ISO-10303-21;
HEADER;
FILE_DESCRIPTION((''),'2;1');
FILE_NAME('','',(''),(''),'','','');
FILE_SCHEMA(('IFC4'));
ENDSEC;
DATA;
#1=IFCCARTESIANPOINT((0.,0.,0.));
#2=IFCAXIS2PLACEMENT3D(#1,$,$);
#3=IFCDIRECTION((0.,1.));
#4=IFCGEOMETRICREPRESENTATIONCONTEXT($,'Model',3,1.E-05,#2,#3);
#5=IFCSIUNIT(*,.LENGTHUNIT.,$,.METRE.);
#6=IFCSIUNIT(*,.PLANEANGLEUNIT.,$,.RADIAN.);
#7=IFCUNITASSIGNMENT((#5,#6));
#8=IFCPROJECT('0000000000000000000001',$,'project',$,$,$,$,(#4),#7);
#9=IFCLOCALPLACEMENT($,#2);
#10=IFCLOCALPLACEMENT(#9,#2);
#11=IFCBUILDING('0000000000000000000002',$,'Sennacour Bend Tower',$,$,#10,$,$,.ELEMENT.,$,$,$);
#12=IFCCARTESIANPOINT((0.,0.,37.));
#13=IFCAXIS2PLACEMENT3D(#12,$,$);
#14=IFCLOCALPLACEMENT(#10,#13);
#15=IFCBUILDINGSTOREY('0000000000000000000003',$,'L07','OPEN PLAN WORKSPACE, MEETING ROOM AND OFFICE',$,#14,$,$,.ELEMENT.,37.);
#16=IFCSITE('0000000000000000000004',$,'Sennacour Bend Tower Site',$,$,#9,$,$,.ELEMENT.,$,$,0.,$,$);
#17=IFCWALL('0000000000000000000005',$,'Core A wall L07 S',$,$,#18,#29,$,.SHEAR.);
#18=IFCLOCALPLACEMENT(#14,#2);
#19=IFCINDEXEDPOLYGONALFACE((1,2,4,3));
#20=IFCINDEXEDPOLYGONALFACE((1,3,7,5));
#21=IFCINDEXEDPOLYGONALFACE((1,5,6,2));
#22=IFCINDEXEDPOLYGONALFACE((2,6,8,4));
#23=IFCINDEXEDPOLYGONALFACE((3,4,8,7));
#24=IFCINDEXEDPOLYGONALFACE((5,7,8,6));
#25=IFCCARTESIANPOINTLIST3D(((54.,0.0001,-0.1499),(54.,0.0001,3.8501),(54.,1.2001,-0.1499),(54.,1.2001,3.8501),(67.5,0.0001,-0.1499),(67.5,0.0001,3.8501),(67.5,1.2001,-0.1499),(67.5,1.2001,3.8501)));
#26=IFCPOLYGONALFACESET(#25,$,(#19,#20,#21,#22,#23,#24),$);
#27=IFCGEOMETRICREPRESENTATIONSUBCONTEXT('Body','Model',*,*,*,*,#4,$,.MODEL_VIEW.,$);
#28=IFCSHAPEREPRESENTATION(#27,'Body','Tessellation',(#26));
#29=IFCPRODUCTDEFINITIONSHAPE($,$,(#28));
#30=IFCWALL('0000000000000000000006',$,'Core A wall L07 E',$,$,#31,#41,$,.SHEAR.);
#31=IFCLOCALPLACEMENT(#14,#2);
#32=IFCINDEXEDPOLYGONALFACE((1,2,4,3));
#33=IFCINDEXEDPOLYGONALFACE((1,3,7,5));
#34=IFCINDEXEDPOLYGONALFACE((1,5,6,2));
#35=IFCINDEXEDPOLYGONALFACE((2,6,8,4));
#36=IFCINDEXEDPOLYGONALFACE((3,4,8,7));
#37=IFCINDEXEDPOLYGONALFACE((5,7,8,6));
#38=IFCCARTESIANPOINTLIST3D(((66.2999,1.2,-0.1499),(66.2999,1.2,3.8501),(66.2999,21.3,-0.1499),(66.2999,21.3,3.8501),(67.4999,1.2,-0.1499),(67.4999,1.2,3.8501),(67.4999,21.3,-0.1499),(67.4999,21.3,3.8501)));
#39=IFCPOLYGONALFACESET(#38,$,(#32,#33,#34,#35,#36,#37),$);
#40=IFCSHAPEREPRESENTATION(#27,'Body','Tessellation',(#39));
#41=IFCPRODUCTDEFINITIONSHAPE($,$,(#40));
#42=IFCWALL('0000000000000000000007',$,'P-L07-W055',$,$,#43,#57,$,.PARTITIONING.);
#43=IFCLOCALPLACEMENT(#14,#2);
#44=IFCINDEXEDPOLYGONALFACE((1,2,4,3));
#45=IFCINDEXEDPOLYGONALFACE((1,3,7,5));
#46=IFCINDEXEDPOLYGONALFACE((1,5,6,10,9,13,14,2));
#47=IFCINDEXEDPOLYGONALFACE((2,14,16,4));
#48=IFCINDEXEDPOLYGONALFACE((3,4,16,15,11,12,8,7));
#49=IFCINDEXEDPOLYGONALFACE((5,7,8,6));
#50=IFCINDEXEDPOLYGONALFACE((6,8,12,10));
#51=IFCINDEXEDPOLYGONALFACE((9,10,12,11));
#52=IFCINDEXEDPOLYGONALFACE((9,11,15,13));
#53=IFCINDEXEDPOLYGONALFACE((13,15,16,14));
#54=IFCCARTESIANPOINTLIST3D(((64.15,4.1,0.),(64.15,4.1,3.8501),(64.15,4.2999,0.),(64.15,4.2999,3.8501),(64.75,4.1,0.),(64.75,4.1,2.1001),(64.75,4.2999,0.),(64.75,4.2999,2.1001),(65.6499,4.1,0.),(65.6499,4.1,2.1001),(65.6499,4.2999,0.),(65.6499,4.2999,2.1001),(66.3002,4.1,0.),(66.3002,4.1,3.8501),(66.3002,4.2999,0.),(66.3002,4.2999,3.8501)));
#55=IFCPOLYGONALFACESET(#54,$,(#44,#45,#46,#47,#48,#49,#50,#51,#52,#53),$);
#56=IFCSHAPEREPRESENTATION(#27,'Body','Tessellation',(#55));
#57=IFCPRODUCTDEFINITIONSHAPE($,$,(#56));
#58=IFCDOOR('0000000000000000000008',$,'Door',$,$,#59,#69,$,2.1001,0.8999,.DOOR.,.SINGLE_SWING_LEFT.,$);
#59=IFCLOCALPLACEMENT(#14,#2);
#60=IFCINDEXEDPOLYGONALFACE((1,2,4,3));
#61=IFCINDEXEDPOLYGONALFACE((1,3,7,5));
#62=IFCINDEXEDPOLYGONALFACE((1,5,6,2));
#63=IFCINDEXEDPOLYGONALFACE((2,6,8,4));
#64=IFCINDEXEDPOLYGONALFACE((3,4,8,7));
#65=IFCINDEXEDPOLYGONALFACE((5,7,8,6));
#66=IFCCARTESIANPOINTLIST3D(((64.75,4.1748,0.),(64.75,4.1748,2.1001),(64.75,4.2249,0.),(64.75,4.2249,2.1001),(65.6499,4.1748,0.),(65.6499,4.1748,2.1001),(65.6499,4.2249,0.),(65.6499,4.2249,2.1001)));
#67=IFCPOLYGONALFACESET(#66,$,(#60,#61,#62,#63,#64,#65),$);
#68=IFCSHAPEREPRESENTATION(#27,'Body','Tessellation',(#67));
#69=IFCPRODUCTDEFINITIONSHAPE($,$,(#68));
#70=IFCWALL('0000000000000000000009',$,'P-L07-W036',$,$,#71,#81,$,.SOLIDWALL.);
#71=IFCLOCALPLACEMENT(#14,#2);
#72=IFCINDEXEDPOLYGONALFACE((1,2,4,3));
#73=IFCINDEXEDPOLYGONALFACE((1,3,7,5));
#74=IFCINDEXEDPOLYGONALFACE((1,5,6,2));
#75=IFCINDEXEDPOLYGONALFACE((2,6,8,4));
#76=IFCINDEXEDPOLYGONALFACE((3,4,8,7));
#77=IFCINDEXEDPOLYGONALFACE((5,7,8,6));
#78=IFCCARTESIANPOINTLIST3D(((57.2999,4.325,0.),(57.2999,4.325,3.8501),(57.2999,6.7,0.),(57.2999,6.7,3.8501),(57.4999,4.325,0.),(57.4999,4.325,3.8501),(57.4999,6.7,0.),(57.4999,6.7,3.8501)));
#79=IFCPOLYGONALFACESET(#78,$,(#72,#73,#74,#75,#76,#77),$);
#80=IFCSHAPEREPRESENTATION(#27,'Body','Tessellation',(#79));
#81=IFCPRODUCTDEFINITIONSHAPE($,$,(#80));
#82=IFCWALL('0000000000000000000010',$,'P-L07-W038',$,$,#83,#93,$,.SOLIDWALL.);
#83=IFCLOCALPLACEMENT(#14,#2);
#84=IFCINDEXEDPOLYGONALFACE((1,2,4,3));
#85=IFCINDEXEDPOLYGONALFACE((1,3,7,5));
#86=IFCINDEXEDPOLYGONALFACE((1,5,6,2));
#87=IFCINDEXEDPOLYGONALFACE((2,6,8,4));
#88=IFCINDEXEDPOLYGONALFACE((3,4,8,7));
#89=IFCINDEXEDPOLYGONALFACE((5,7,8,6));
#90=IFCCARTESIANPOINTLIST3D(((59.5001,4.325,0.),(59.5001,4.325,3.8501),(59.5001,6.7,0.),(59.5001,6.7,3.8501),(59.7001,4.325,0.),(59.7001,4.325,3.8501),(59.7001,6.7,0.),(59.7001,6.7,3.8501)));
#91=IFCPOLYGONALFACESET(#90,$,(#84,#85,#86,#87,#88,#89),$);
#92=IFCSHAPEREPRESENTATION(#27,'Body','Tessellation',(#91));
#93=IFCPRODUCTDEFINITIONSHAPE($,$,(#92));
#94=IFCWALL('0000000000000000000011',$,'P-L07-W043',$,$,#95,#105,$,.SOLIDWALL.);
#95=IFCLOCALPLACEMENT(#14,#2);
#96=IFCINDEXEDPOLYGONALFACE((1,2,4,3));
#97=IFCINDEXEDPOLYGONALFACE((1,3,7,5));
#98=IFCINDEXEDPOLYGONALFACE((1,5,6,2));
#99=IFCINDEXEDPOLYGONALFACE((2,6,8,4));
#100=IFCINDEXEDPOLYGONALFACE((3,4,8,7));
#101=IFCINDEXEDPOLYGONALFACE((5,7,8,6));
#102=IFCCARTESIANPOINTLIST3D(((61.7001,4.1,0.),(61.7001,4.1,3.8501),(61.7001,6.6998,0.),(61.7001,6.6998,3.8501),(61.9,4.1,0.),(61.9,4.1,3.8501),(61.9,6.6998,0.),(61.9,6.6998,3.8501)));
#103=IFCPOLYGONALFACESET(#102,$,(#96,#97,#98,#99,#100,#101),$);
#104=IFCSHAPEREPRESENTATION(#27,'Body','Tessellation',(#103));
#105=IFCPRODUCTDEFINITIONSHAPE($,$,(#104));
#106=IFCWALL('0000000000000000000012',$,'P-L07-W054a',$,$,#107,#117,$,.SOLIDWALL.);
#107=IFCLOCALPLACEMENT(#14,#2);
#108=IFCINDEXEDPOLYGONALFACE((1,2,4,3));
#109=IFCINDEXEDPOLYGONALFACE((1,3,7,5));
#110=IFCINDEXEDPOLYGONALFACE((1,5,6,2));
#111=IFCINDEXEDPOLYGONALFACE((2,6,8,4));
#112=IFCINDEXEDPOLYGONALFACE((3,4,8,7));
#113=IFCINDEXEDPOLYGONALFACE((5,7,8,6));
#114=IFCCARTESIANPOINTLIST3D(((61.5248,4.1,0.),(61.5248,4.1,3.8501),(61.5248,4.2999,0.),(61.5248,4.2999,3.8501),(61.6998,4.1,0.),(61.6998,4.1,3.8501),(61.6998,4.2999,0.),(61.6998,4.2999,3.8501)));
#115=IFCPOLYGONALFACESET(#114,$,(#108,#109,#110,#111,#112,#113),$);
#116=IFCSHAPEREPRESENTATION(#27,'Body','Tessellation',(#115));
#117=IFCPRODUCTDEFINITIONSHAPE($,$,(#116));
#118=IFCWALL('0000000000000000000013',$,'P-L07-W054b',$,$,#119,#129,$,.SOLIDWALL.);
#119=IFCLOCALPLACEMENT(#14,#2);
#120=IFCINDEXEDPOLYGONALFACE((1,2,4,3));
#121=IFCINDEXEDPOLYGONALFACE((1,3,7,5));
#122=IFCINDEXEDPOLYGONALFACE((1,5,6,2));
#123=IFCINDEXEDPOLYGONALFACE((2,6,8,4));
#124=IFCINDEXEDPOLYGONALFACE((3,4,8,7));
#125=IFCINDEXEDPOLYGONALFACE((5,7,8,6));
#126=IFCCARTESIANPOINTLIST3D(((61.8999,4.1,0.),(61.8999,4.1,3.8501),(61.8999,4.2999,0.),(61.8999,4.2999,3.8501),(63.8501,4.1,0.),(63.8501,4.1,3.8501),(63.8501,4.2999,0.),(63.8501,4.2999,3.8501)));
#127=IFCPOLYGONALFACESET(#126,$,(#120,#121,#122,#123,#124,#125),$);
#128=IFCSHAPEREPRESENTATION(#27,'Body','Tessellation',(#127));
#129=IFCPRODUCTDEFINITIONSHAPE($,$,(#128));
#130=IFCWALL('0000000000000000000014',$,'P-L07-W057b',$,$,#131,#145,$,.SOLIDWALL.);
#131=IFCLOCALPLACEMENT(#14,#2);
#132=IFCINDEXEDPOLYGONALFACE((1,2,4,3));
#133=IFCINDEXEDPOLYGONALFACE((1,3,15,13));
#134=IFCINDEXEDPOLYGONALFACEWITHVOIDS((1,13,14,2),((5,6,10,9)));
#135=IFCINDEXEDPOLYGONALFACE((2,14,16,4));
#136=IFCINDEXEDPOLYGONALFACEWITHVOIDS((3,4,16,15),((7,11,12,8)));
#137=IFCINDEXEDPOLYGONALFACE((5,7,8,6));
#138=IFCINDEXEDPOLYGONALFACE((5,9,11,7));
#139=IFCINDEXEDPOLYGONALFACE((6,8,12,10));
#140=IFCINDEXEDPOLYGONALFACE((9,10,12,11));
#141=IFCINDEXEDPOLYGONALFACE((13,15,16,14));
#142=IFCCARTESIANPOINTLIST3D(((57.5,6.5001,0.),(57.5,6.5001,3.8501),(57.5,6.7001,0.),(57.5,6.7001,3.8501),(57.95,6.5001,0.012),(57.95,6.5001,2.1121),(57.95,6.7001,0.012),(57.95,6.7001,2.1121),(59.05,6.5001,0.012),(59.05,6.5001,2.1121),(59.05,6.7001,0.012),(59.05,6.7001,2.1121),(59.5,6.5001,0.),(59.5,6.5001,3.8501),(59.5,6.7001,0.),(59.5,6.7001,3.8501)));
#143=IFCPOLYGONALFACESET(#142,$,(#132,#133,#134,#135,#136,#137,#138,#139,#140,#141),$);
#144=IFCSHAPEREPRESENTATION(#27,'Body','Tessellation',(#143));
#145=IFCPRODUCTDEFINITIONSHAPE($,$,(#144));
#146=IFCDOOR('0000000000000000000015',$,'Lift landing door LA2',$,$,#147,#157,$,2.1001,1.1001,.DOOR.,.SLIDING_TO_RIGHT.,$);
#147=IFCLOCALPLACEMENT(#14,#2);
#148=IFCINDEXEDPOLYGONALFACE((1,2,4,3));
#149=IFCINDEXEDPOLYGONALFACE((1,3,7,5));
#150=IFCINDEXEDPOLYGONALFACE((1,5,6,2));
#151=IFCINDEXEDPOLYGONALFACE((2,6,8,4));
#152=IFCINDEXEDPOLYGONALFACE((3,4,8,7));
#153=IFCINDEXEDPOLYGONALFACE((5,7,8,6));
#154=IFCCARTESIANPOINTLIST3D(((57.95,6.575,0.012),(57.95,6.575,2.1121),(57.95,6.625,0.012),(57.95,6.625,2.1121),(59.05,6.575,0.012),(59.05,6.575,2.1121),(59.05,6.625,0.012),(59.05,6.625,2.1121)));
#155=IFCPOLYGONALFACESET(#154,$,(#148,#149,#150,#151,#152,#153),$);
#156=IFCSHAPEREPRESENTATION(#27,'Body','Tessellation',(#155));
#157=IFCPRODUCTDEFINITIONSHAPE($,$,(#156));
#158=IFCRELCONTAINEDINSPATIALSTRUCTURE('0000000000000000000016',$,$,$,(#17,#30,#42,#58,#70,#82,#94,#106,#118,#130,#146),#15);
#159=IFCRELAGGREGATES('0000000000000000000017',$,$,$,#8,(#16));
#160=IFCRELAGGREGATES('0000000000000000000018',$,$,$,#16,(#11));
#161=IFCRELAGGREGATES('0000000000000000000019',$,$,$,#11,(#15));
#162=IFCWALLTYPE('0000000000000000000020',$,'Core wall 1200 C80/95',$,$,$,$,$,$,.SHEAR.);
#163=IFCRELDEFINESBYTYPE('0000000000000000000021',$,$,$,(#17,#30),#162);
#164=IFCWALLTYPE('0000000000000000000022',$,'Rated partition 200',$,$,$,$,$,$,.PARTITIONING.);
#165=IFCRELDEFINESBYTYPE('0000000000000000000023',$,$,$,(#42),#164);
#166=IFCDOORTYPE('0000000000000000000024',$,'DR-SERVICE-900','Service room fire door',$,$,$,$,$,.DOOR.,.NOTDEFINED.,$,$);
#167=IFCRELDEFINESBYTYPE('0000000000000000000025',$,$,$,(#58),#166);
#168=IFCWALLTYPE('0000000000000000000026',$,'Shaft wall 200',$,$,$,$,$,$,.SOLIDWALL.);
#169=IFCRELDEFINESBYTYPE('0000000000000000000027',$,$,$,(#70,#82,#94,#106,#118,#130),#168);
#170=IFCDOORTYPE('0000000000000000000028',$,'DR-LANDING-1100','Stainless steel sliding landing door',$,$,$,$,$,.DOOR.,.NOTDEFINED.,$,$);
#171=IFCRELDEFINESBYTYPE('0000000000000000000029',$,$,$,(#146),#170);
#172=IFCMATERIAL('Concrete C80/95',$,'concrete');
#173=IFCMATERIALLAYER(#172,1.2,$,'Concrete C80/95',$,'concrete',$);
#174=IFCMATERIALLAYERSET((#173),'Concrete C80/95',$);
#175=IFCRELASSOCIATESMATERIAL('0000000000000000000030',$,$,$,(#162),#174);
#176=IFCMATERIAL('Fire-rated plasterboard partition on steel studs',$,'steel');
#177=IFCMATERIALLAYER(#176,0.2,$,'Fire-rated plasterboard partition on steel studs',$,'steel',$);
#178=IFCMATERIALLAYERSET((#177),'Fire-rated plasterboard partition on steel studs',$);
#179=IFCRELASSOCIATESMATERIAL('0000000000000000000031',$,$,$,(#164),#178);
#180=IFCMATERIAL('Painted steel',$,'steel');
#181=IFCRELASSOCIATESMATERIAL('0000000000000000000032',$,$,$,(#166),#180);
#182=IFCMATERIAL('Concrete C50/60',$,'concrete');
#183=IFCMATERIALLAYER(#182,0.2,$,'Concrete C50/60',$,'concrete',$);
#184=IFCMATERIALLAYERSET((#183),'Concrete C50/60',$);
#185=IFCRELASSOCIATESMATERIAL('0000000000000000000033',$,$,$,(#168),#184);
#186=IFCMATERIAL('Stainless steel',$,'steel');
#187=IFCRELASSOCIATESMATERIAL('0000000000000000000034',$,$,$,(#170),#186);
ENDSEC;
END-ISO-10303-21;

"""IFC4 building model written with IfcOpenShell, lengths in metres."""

from ifc_helpers import new_model, si_unit, direction, frame, frame_2d, origin, place, context, subcontext, project, spatial, rectangle, extrude, material, layer, layer_set, type_object, element, fill, save


model = new_model("IFC4")

# Units and contexts
model_context = context("Model", 3, precision=1e-05, world=origin(), true_north=direction((0.0, 1.0)))
body_context = subcontext(model_context, "Body", "Model", "MODEL_VIEW")
ifc_project = project(units=[si_unit("LENGTHUNIT", "METRE"), si_unit("PLANEANGLEUNIT", "RADIAN")], contexts=[model_context])

# Site, building, storey
site_placement = place(None, origin())
site = spatial("IfcSite", under=ifc_project, at=site_placement, Name="Sennacour Bend Tower Site", CompositionType="ELEMENT", RefElevation=0.0)
building_placement = place(site_placement, origin())
building = spatial("IfcBuilding", under=site, at=building_placement, Name="Sennacour Bend Tower", CompositionType="ELEMENT")
storey_placement = place(building_placement, frame((0.0, 0.0, 37.0)))
storey = spatial("IfcBuildingStorey", under=building, at=storey_placement, Name="L07", Description="OPEN PLAN WORKSPACE, MEETING ROOM AND OFFICE", CompositionType="ELEMENT", Elevation=37.0)

# Walls
ifc_material_1 = material(Name="Concrete C80/95", Category="concrete")
ifc_layer_1 = layer(ifc_material_1, 1.2, Name="Concrete C80/95", Category="concrete")
ifc_layer_set_1 = layer_set([ifc_layer_1], Name="Concrete C80/95")
wall_type_1 = type_object("IfcWallType", Name="Core wall 1200 C80/95", PredefinedType="SHEAR", material=ifc_layer_set_1)
wall_1_placement = place(storey_placement, frame((67.5, 0.6001, -0.1499), z_axis=(0.0, 0.0, 1.0), x_axis=(-1.0, 0.0, 0.0)))
element("IfcWall", 1, at=wall_1_placement, inside=storey, type_object=wall_type_1, Name="Core A wall L07 S", PredefinedType="SHEAR", context=body_context, shape_type="SweptSolid", body=[
    extrude(rectangle(XDim=13.5, YDim=1.2, at=frame_2d((6.75, 0.0))), origin(), (0.0, 0.0, 1.0), 4.0),
])
wall_2_placement = place(storey_placement, frame((66.8999, 1.2, -0.1499), z_axis=(0.0, 0.0, 1.0), x_axis=(0.0, 1.0, 0.0)))
element("IfcWall", 2, at=wall_2_placement, inside=storey, type_object=wall_type_1, Name="Core A wall L07 E", PredefinedType="SHEAR", context=body_context, shape_type="SweptSolid", body=[
    extrude(rectangle(XDim=20.1001, YDim=1.2, at=frame_2d((10.05, 0.0))), origin(), (0.0, 0.0, 1.0), 4.0),
])

# Wall, opening, door
ifc_material_2 = material(Name="Fire-rated plasterboard partition on steel studs", Category="steel")
ifc_layer_2 = layer(ifc_material_2, 0.2, Name="Fire-rated plasterboard partition on steel studs", Category="steel")
ifc_layer_set_2 = layer_set([ifc_layer_2], Name="Fire-rated plasterboard partition on steel studs")
wall_type_2 = type_object("IfcWallType", Name="Rated partition 200", PredefinedType="PARTITIONING", material=ifc_layer_set_2)
wall_3_placement = place(storey_placement, frame((64.1499, 4.2, 0.0), z_axis=(0.0, 0.0, 1.0), x_axis=(1.0, 0.0, 0.0)))
wall_3 = element("IfcWall", 3, at=wall_3_placement, inside=storey, type_object=wall_type_2, Name="P-L07-W055", PredefinedType="PARTITIONING", context=body_context, shape_type="SweptSolid", body=[
    extrude(rectangle(XDim=2.1501, YDim=0.2, at=frame_2d((1.0752, 0.0))), origin(), (0.0, 0.0, 1.0), 3.8501),
])
opening_1_placement = place(wall_3_placement, frame((0.6001, 0.0, 0.0)))
opening_1 = element("IfcOpeningElement", 4, at=opening_1_placement, cuts=wall_3, PredefinedType="OPENING", context=body_context, shape_type="SweptSolid", body=[
    extrude(rectangle(XDim=0.8999, YDim=2.1001, at=frame_2d((0.45, 1.05))), frame((0.0, 0.1099, 0.0), z_axis=(0.0, -1.0, 0.0), x_axis=(1.0, 0.0, 0.0)), (0.0, 0.0, 1.0), 0.22),
])
ifc_material_3 = material(Name="Painted steel", Category="steel")
door_type_1 = type_object("IfcDoorType", Name="DR-SERVICE-900", Description="Service room fire door", OperationType="NOTDEFINED", PredefinedType="DOOR", material=ifc_material_3)
door_1_placement = place(opening_1_placement, origin())
door_1 = element("IfcDoor", 5, at=door_1_placement, inside=storey, type_object=door_type_1, Name="Door", OperationType="SINGLE_SWING_LEFT", OverallHeight=2.1001, OverallWidth=0.8999, PredefinedType="DOOR", context=body_context, shape_type="SweptSolid", body=[
    extrude(rectangle(XDim=0.8999, YDim=2.1001, at=frame_2d((0.45, 1.05))), frame((0.0, 0.0249, 0.0), z_axis=(0.0, -1.0, 0.0), x_axis=(1.0, 0.0, 0.0)), (0.0, 0.0, 1.0), 0.05),
])
fill(opening_1, door_1)

# Walls
ifc_material_4 = material(Name="Concrete C50/60", Category="concrete")
ifc_layer_3 = layer(ifc_material_4, 0.2, Name="Concrete C50/60", Category="concrete")
ifc_layer_set_3 = layer_set([ifc_layer_3], Name="Concrete C50/60")
wall_type_3 = type_object("IfcWallType", Name="Shaft wall 200", PredefinedType="SOLIDWALL", material=ifc_layer_set_3)
for number, where, z_axis, x_axis, name in (
    (6, (57.3999, 4.325, 0.0), (0.0, 0.0, 1.0), (0.0, 1.0, 0.0), "P-L07-W036"),
    (7, (59.6001, 4.325, 0.0), (0.0, 0.0, 1.0), (0.0, 1.0, 0.0), "P-L07-W038"),
):
    element("IfcWall", number, at=place(storey_placement, frame(where, z_axis=z_axis, x_axis=x_axis)), inside=storey, type_object=wall_type_3, Name=name, PredefinedType="SOLIDWALL", context=body_context, shape_type="SweptSolid", body=[
        extrude(rectangle(XDim=2.375, YDim=0.2, at=frame_2d((1.1875, 0.0))), origin(), (0.0, 0.0, 1.0), 3.8501),
    ])
wall_4_placement = place(storey_placement, frame((61.8, 4.1001, 0.0), z_axis=(0.0, 0.0, 1.0), x_axis=(0.0, 1.0, 0.0)))
element("IfcWall", 8, at=wall_4_placement, inside=storey, type_object=wall_type_3, Name="P-L07-W043", PredefinedType="SOLIDWALL", context=body_context, shape_type="SweptSolid", body=[
    extrude(rectangle(XDim=2.5999, YDim=0.2, at=frame_2d((1.2998, 0.0))), origin(), (0.0, 0.0, 1.0), 3.8501),
])
wall_5_placement = place(storey_placement, frame((61.5249, 4.2, 0.0), z_axis=(0.0, 0.0, 1.0), x_axis=(1.0, 0.0, 0.0)))
element("IfcWall", 9, at=wall_5_placement, inside=storey, type_object=wall_type_3, Name="P-L07-W054a", PredefinedType="SOLIDWALL", context=body_context, shape_type="SweptSolid", body=[
    extrude(rectangle(XDim=0.175, YDim=0.2, at=frame_2d((0.0874, 0.0))), origin(), (0.0, 0.0, 1.0), 3.8501),
])
wall_6_placement = place(storey_placement, frame((61.8999, 4.2, 0.0), z_axis=(0.0, 0.0, 1.0), x_axis=(1.0, 0.0, 0.0)))
element("IfcWall", 10, at=wall_6_placement, inside=storey, type_object=wall_type_3, Name="P-L07-W054b", PredefinedType="SOLIDWALL", context=body_context, shape_type="SweptSolid", body=[
    extrude(rectangle(XDim=1.9502, YDim=0.2, at=frame_2d((0.9751, 0.0))), origin(), (0.0, 0.0, 1.0), 3.8501),
])

# Wall, opening, door
wall_7_placement = place(storey_placement, frame((57.5, 6.6001, 0.0), z_axis=(0.0, 0.0, 1.0), x_axis=(1.0, 0.0, 0.0)))
wall_7 = element("IfcWall", 11, at=wall_7_placement, inside=storey, type_object=wall_type_3, Name="P-L07-W057b", PredefinedType="SOLIDWALL", context=body_context, shape_type="SweptSolid", body=[
    extrude(rectangle(XDim=2.0, YDim=0.2, at=frame_2d((1.0, 0.0))), origin(), (0.0, 0.0, 1.0), 3.8501),
])
opening_2_placement = place(wall_7_placement, frame((0.45, 0.0, 0.012)))
opening_2 = element("IfcOpeningElement", 12, at=opening_2_placement, cuts=wall_7, PredefinedType="OPENING", context=body_context, shape_type="SweptSolid", body=[
    extrude(rectangle(XDim=1.1001, YDim=2.1001, at=frame_2d((0.55, 1.05))), frame((0.0, 0.1099, 0.0), z_axis=(0.0, -1.0, 0.0), x_axis=(1.0, 0.0, 0.0)), (0.0, 0.0, 1.0), 0.22),
])
ifc_material_5 = material(Name="Stainless steel", Category="steel")
door_type_2 = type_object("IfcDoorType", Name="DR-LANDING-1100", Description="Stainless steel sliding landing door", OperationType="NOTDEFINED", PredefinedType="DOOR", material=ifc_material_5)
door_2_placement = place(opening_2_placement, origin())
door_2 = element("IfcDoor", 13, at=door_2_placement, inside=storey, type_object=door_type_2, Name="Lift landing door LA2", OperationType="SLIDING_TO_RIGHT", OverallHeight=2.1001, OverallWidth=1.1001, PredefinedType="DOOR", context=body_context, shape_type="SweptSolid", body=[
    extrude(rectangle(XDim=1.1001, YDim=2.1001, at=frame_2d((0.55, 1.05))), frame((0.0, 0.0249, 0.0), z_axis=(0.0, -1.0, 0.0), x_axis=(1.0, 0.0, 0.0)), (0.0, 0.0, 1.0), 0.05),
])
fill(opening_2, door_2)

save(model, "model.ifc")
